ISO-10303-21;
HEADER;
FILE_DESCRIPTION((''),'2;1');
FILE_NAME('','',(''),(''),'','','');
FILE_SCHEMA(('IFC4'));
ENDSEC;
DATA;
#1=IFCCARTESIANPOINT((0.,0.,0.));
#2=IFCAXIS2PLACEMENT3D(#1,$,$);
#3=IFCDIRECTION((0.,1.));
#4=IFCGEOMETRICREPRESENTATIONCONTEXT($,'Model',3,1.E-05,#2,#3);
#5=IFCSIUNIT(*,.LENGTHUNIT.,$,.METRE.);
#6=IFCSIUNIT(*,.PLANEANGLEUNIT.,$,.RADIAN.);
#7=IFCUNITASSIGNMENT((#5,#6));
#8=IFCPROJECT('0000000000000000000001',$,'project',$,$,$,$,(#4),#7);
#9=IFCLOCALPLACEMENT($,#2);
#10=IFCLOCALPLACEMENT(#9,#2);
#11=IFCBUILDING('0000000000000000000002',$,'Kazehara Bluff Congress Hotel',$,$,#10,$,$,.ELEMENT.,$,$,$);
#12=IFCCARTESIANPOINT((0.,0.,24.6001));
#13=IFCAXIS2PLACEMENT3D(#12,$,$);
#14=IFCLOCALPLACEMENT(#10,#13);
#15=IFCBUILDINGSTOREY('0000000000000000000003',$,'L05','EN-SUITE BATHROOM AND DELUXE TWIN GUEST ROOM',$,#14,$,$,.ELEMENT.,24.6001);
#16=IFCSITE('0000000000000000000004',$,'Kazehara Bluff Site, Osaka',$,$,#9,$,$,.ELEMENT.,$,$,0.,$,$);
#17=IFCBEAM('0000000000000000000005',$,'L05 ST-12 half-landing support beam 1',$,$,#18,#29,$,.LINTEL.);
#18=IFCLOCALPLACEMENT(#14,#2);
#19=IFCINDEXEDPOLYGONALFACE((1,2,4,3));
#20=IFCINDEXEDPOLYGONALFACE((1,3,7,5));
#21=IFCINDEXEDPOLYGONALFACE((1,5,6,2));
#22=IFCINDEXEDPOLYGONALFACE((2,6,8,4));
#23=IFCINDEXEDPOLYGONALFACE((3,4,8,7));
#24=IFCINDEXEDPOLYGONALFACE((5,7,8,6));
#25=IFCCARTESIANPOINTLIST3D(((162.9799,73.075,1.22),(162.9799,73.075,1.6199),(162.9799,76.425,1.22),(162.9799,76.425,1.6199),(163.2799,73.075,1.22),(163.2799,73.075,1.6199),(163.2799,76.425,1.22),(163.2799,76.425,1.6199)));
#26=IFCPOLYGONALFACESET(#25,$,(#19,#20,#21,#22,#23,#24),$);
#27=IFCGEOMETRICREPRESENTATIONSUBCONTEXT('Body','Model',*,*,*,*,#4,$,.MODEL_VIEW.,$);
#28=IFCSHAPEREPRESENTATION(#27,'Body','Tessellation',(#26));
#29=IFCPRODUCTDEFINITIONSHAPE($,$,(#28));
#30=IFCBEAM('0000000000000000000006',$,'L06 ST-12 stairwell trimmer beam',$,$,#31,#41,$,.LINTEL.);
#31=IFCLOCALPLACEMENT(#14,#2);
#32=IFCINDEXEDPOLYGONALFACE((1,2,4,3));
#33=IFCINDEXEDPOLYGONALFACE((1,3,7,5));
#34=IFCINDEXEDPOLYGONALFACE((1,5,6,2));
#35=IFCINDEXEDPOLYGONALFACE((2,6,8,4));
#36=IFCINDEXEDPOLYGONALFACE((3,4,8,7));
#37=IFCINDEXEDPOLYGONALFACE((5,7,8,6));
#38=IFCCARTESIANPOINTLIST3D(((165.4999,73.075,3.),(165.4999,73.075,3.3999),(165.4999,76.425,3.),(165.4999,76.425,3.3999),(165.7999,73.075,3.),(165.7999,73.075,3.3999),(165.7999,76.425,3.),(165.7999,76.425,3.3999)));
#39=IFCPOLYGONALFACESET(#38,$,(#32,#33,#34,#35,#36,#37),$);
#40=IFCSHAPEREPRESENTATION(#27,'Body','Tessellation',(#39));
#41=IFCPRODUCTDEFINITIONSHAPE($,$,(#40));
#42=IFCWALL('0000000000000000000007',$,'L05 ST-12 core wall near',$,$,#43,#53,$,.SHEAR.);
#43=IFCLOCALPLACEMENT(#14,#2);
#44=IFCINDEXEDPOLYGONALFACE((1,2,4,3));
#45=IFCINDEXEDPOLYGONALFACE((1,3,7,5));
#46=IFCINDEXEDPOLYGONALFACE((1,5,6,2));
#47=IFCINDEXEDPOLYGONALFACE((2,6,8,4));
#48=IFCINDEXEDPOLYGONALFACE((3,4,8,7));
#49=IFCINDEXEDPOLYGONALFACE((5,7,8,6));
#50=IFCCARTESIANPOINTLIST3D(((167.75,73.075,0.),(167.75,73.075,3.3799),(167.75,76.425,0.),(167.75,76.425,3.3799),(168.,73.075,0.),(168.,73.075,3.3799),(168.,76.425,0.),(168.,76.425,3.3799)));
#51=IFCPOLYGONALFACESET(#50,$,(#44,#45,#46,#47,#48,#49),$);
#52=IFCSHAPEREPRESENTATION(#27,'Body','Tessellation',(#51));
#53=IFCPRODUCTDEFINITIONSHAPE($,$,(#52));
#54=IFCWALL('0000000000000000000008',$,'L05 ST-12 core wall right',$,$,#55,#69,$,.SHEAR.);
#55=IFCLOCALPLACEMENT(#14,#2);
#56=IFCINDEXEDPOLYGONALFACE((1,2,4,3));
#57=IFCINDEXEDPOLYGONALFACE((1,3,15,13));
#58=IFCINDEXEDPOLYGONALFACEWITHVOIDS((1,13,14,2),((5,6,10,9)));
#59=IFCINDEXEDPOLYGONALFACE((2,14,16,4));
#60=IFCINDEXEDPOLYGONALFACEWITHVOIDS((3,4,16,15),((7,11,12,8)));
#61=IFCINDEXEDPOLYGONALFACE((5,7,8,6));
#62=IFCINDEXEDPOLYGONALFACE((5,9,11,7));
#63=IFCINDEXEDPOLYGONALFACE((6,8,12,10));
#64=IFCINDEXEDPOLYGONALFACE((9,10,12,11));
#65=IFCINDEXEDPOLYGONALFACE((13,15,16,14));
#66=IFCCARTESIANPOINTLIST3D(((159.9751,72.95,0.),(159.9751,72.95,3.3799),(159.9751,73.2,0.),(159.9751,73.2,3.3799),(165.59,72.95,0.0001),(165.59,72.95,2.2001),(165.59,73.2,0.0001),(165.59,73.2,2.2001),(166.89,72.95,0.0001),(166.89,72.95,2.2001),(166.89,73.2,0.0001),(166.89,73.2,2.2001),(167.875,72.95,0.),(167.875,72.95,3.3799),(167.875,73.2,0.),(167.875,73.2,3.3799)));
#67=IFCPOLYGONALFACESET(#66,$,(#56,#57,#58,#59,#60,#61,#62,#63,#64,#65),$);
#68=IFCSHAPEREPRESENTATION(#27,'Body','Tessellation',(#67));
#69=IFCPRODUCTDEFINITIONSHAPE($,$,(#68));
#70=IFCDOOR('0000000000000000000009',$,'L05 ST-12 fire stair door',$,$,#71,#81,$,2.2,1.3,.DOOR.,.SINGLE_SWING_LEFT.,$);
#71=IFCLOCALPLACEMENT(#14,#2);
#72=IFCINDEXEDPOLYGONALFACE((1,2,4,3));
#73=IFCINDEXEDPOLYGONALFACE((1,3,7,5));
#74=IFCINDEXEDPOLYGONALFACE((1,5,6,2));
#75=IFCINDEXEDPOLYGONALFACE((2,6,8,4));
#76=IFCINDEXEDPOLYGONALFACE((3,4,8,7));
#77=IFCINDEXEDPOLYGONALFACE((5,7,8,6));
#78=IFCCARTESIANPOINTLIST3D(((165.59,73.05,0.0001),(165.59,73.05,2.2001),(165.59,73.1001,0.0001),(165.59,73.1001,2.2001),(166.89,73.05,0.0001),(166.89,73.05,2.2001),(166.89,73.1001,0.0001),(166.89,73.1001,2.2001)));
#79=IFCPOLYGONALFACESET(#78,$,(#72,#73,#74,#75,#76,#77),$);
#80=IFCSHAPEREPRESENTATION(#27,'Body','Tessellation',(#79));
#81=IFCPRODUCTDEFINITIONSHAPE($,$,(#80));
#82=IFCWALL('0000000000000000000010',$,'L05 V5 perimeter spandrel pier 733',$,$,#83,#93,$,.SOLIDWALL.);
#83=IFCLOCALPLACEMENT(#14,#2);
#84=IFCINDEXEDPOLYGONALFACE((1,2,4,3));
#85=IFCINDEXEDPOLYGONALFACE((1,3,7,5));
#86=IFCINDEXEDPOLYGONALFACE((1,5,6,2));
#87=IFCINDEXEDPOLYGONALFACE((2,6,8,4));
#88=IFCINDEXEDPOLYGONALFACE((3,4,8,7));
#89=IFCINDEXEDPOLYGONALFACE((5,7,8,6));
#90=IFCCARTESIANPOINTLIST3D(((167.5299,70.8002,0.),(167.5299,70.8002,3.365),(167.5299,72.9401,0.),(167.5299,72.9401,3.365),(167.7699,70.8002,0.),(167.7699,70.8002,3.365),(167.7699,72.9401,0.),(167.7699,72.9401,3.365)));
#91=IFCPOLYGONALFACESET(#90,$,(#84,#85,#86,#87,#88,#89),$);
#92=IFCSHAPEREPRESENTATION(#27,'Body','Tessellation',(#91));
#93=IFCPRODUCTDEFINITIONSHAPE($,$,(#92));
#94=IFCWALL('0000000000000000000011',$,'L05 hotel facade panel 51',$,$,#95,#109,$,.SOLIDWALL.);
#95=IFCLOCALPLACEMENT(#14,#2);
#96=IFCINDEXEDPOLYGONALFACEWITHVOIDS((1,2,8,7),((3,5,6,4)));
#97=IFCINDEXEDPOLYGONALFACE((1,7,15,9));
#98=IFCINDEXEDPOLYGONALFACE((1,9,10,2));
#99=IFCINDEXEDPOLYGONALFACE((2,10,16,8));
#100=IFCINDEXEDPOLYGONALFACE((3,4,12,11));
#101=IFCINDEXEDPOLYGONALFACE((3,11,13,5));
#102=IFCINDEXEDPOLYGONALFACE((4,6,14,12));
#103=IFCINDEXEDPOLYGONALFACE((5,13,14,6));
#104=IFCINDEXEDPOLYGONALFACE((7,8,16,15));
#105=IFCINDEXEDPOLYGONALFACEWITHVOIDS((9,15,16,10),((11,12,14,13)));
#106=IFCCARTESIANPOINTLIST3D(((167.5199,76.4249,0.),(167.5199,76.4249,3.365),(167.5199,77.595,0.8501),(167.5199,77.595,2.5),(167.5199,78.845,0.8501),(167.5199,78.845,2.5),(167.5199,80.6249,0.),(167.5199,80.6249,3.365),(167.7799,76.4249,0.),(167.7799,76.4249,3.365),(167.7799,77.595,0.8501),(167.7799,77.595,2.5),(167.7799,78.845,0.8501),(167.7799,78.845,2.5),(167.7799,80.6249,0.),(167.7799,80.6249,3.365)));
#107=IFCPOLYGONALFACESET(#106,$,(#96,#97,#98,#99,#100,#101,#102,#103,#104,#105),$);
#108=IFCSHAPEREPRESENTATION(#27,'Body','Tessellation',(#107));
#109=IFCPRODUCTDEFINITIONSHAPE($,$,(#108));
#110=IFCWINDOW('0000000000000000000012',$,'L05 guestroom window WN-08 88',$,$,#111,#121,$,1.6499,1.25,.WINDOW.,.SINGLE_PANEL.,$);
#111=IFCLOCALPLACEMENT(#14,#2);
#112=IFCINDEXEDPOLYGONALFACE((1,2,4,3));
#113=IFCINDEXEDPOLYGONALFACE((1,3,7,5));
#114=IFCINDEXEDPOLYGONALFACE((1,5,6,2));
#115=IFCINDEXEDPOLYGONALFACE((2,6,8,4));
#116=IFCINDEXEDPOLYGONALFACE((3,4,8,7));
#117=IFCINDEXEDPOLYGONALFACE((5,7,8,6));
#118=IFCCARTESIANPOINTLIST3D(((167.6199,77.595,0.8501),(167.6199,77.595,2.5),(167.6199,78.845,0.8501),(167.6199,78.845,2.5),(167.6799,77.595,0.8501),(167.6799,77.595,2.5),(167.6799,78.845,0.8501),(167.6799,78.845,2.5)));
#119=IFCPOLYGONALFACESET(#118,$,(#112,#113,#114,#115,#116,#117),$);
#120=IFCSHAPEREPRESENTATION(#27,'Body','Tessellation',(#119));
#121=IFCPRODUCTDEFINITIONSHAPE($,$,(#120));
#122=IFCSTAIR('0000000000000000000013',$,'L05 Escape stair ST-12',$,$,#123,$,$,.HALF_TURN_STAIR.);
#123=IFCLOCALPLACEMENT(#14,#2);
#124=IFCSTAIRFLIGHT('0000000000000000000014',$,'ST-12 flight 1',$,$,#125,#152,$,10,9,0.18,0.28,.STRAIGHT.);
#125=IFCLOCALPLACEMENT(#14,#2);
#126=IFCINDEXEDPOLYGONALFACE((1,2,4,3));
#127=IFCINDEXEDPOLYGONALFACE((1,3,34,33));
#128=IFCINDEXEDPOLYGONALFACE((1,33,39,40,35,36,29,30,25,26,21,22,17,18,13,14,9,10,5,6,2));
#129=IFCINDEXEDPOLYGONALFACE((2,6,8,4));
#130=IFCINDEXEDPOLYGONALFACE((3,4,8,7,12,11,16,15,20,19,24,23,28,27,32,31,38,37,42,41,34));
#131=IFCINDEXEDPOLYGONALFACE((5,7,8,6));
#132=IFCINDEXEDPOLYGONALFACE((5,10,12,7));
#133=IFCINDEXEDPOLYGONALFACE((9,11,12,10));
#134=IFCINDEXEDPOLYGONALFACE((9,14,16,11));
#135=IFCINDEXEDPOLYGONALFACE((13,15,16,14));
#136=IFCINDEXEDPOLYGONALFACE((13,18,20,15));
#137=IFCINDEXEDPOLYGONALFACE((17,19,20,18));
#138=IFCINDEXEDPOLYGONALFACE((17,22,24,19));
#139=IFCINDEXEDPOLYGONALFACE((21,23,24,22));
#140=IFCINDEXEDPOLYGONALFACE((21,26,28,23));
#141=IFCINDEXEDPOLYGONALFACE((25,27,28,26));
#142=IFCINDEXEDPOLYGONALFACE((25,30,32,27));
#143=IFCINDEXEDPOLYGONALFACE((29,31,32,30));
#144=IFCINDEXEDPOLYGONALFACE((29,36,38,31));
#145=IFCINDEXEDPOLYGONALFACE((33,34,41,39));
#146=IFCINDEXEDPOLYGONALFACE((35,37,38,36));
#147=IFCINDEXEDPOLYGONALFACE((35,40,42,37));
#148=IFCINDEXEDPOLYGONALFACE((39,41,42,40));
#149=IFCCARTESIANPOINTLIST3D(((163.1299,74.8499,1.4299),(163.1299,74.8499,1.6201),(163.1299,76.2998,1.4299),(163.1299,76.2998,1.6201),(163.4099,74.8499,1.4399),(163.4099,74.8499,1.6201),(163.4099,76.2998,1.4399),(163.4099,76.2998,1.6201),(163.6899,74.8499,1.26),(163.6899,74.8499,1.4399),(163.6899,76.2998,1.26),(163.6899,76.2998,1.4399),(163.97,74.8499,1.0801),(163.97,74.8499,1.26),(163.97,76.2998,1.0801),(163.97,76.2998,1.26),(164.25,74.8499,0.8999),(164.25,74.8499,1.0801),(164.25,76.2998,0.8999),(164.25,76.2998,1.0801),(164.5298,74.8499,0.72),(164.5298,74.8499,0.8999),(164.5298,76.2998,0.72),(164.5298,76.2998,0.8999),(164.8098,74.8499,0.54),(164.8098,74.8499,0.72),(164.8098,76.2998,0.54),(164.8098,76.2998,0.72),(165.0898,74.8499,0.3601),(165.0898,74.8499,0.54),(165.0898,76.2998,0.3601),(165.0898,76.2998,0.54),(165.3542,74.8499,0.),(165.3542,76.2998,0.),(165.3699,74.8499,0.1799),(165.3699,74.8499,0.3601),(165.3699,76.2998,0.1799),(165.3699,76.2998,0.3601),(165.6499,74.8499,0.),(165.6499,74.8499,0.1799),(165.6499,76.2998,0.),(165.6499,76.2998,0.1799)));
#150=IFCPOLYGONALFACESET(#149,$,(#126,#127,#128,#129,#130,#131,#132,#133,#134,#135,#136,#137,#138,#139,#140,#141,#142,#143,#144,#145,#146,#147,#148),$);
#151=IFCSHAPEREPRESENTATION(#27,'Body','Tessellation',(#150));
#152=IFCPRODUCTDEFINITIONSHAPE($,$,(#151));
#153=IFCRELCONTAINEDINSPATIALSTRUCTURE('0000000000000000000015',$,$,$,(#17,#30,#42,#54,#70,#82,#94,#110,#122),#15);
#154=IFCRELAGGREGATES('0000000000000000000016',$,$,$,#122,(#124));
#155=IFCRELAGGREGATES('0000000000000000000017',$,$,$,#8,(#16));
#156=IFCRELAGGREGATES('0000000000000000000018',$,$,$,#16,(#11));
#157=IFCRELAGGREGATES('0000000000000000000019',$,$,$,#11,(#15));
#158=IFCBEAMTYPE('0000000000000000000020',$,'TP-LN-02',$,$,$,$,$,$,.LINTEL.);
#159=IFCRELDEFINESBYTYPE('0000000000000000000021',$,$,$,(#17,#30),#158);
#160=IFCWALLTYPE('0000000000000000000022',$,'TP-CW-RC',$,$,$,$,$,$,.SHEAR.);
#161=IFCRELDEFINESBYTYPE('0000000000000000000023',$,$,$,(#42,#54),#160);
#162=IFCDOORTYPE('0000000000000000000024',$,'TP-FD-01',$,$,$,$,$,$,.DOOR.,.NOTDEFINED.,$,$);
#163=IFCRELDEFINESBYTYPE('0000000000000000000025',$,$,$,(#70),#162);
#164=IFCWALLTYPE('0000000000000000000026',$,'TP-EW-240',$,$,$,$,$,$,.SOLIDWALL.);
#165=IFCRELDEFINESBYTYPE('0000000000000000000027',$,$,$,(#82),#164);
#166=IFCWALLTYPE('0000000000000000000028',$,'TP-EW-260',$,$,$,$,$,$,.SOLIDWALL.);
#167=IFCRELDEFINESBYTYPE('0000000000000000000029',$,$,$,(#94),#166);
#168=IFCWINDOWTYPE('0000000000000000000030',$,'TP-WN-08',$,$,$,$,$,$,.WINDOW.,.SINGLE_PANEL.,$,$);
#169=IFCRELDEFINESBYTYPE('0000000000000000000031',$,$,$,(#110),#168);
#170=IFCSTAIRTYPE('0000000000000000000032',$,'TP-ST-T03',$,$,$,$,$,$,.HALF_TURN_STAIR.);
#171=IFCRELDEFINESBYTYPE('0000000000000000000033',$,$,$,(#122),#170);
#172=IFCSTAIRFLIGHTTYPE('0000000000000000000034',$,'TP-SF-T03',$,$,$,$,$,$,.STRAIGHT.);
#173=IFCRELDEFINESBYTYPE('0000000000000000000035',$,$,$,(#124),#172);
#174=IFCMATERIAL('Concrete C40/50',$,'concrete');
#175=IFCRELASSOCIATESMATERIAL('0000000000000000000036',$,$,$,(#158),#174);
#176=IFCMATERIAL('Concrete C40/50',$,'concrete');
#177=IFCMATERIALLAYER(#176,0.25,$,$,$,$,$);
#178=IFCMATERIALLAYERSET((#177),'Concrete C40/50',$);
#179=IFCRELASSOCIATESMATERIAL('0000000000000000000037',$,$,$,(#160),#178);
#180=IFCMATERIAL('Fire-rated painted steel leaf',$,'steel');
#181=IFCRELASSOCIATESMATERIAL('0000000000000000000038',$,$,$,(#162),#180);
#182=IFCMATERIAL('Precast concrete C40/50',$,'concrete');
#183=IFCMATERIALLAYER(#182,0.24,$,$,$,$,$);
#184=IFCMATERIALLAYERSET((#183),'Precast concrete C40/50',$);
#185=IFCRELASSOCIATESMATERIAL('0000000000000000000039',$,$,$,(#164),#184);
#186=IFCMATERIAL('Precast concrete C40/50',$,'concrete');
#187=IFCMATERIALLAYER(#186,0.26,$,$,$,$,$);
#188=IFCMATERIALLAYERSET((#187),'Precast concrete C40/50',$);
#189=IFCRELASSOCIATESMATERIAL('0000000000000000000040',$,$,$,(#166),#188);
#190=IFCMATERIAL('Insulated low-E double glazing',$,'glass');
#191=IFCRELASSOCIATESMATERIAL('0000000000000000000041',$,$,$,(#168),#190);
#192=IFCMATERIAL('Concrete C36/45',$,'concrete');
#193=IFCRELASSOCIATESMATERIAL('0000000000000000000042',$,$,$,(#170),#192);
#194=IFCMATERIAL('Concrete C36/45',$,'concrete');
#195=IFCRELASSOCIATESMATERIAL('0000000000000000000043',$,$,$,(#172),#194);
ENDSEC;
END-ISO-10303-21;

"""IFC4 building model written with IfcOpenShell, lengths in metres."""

from ifc_helpers import new_model, si_unit, direction, frame, frame_2d, origin, origin_2d, place, context, subcontext, project, spatial, polyline, rectangle, outline, extrude, material, layer, layer_set, material_profile, profile_set, type_object, element, fill, aggregate, save


model = new_model("IFC4")

# Units and contexts
model_context = context("Model", 3, precision=1e-05, world=origin(), true_north=direction((0.0, 1.0)))
body_context = subcontext(model_context, "Body", "Model", "MODEL_VIEW")
ifc_project = project(units=[si_unit("LENGTHUNIT", "METRE"), si_unit("PLANEANGLEUNIT", "RADIAN")], contexts=[model_context])

# Site, building, storey
site_placement = place(None, origin())
site = spatial("IfcSite", under=ifc_project, at=site_placement, Name="Kazehara Bluff Site, Osaka", CompositionType="ELEMENT", RefElevation=0.0)
building_placement = place(site_placement, origin())
building = spatial("IfcBuilding", under=site, at=building_placement, Name="Kazehara Bluff Congress Hotel", CompositionType="ELEMENT")
storey_placement = place(building_placement, frame((0.0, 0.0, 24.6001)))
storey = spatial("IfcBuildingStorey", under=building, at=storey_placement, Name="L05", Description="EN-SUITE BATHROOM AND DELUXE TWIN GUEST ROOM", CompositionType="ELEMENT", Elevation=24.6001)

# Beams
ifc_material_1 = material(Name="Concrete C40/50", Category="concrete")
ifc_material_profile = material_profile(ifc_material_1, rectangle(XDim=0.3, YDim=0.3999, at=origin_2d()))
ifc_profile_set = profile_set([ifc_material_profile], Name="Concrete C40/50")
beam_type = type_object("IfcBeamType", Name="TP-LN-02", PredefinedType="LINTEL", material=ifc_profile_set)
for number, where, z_axis, x_axis, name in (
    (1, (163.1299, 76.425, 1.4199), (0.0, -1.0, 0.0), (1.0, 0.0, 0.0), "L05 ST-12 half-landing support beam 1"),
    (2, (165.6499, 76.425, 3.2), (0.0, -1.0, 0.0), (1.0, 0.0, 0.0), "L06 ST-12 stairwell trimmer beam"),
):
    element("IfcBeam", number, at=place(storey_placement, frame(where, z_axis=z_axis, x_axis=x_axis)), inside=storey, type_object=beam_type, Name=name, PredefinedType="LINTEL", context=body_context, shape_type="SweptSolid", body=[
        extrude(rectangle(XDim=0.3, YDim=0.3999, at=origin_2d()), origin(), (0.0, 0.0, 1.0), 3.3501),
    ])

# Wall
ifc_material_2 = material(Name="Concrete C40/50", Category="concrete")
ifc_layer_1 = layer(ifc_material_2, 0.25)
ifc_layer_set_1 = layer_set([ifc_layer_1], Name="Concrete C40/50")
wall_type_1 = type_object("IfcWallType", Name="TP-CW-RC", PredefinedType="SHEAR", material=ifc_layer_set_1)
wall_1_placement = place(storey_placement, frame((167.875, 76.425, 0.0), z_axis=(0.0, 0.0, 1.0), x_axis=(0.0, -1.0, 0.0)))
element("IfcWall", 3, at=wall_1_placement, inside=storey, type_object=wall_type_1, Name="L05 ST-12 core wall near", PredefinedType="SHEAR", context=body_context, shape_type="SweptSolid", body=[
    extrude(rectangle(XDim=3.3501, YDim=0.25, at=frame_2d((1.675, 0.0))), origin(), (0.0, 0.0, 1.0), 3.3799),
])

# Wall, opening, door
wall_2_placement = place(storey_placement, frame((167.875, 73.075, 0.0), z_axis=(0.0, 0.0, 1.0), x_axis=(-1.0, 0.0, 0.0)))
wall_2 = element("IfcWall", 4, at=wall_2_placement, inside=storey, type_object=wall_type_1, Name="L05 ST-12 core wall right", PredefinedType="SHEAR", context=body_context, shape_type="SweptSolid", body=[
    extrude(rectangle(XDim=7.8999, YDim=0.25, at=frame_2d((3.95, 0.0))), origin(), (0.0, 0.0, 1.0), 3.3799),
])
opening_1_placement = place(wall_2_placement, frame((0.9851, 0.0, 0.0)))
opening_1 = element("IfcOpeningElement", 5, at=opening_1_placement, cuts=wall_2, PredefinedType="OPENING", context=body_context, shape_type="SweptSolid", body=[
    extrude(rectangle(XDim=1.3, YDim=2.2, at=frame_2d((0.6499, 1.1001))), frame((0.0, 0.135, 0.0), z_axis=(0.0, -1.0, 0.0), x_axis=(1.0, 0.0, 0.0)), (0.0, 0.0, 1.0), 0.27),
])
ifc_material_3 = material(Name="Fire-rated painted steel leaf", Category="steel")
door_type = type_object("IfcDoorType", Name="TP-FD-01", OperationType="NOTDEFINED", PredefinedType="DOOR", material=ifc_material_3)
door_placement = place(opening_1_placement, origin())
door = element("IfcDoor", 6, at=door_placement, inside=storey, type_object=door_type, Name="L05 ST-12 fire stair door", OperationType="SINGLE_SWING_LEFT", OverallHeight=2.2, OverallWidth=1.3, PredefinedType="DOOR", context=body_context, shape_type="SweptSolid", body=[
    extrude(rectangle(XDim=1.3, YDim=2.2, at=frame_2d((0.6499, 1.1001))), frame((0.0, 0.0249, 0.0), z_axis=(0.0, -1.0, 0.0), x_axis=(1.0, 0.0, 0.0)), (0.0, 0.0, 1.0), 0.05),
])
fill(opening_1, door)

# Wall
ifc_material_4 = material(Name="Precast concrete C40/50", Category="concrete")
ifc_layer_2 = layer(ifc_material_4, 0.24)
ifc_layer_set_2 = layer_set([ifc_layer_2], Name="Precast concrete C40/50")
wall_type_2 = type_object("IfcWallType", Name="TP-EW-240", PredefinedType="SOLIDWALL", material=ifc_layer_set_2)
wall_3_placement = place(storey_placement, frame((167.6499, 72.9399, 0.0), z_axis=(0.0, 0.0, 1.0), x_axis=(0.0, -1.0, 0.0)))
element("IfcWall", 7, at=wall_3_placement, inside=storey, type_object=wall_type_2, Name="L05 V5 perimeter spandrel pier 733", PredefinedType="SOLIDWALL", context=body_context, shape_type="SweptSolid", body=[
    extrude(rectangle(XDim=2.1399, YDim=0.24, at=frame_2d((1.0698, 0.0))), origin(), (0.0, 0.0, 1.0), 3.365),
])

# Wall, opening, window
ifc_material_5 = material(Name="Precast concrete C40/50", Category="concrete")
ifc_layer_3 = layer(ifc_material_5, 0.26)
ifc_layer_set_3 = layer_set([ifc_layer_3], Name="Precast concrete C40/50")
wall_type_3 = type_object("IfcWallType", Name="TP-EW-260", PredefinedType="SOLIDWALL", material=ifc_layer_set_3)
wall_4_placement = place(storey_placement, frame((167.6499, 80.625, 0.0), z_axis=(0.0, 0.0, 1.0), x_axis=(0.0, -1.0, 0.0)))
wall_4 = element("IfcWall", 8, at=wall_4_placement, inside=storey, type_object=wall_type_3, Name="L05 hotel facade panel 51", PredefinedType="SOLIDWALL", context=body_context, shape_type="SweptSolid", body=[
    extrude(rectangle(XDim=4.2, YDim=0.26, at=frame_2d((2.1001, 0.0))), origin(), (0.0, 0.0, 1.0), 3.365),
])
opening_2_placement = place(wall_4_placement, frame((1.78, 0.0, 0.8501)))
opening_2 = element("IfcOpeningElement", 9, at=opening_2_placement, cuts=wall_4, PredefinedType="OPENING", context=body_context, shape_type="SweptSolid", body=[
    extrude(rectangle(XDim=1.25, YDim=1.6499, at=frame_2d((0.625, 0.825))), frame((0.0, 0.1399, 0.0), z_axis=(0.0, -1.0, 0.0), x_axis=(1.0, 0.0, 0.0)), (0.0, 0.0, 1.0), 0.28),
])
ifc_material_6 = material(Name="Insulated low-E double glazing", Category="glass")
window_type = type_object("IfcWindowType", Name="TP-WN-08", PartitioningType="SINGLE_PANEL", PredefinedType="WINDOW", material=ifc_material_6)
window_placement = place(opening_2_placement, origin())
window = element("IfcWindow", 10, at=window_placement, inside=storey, type_object=window_type, Name="L05 guestroom window WN-08 88", OverallHeight=1.6499, OverallWidth=1.25, PartitioningType="SINGLE_PANEL", PredefinedType="WINDOW", context=body_context, shape_type="SweptSolid", body=[
    extrude(rectangle(XDim=1.25, YDim=1.6499, at=frame_2d((0.625, 0.825))), frame((0.0, 0.03, 0.0), z_axis=(0.0, -1.0, 0.0), x_axis=(1.0, 0.0, 0.0)), (0.0, 0.0, 1.0), 0.0601),
])
fill(opening_2, window)

# Stair, stair flight
ifc_material_7 = material(Name="Concrete C36/45", Category="concrete")
stair_type = type_object("IfcStairType", Name="TP-ST-T03", PredefinedType="HALF_TURN_STAIR", material=ifc_material_7)
stair_placement = place(storey_placement, origin())
stair = element("IfcStair", 11, at=stair_placement, inside=storey, type_object=stair_type, Name="L05 Escape stair ST-12", PredefinedType="HALF_TURN_STAIR")
ifc_material_8 = material(Name="Concrete C36/45", Category="concrete")
stair_flight_type = type_object("IfcStairFlightType", Name="TP-SF-T03", PredefinedType="STRAIGHT", material=ifc_material_8)
stair_flight_placement = place(storey_placement, frame((165.6499, 75.575, 0.0), z_axis=(0.0, 0.0, 1.0), x_axis=(-1.0, 0.0, 0.0)))
stair_flight = element("IfcStairFlight", 12, at=stair_flight_placement, type_object=stair_flight_type, Name="ST-12 flight 1", NumberOfRisers=10, NumberOfTreads=9, PredefinedType="STRAIGHT", RiserHeight=0.18, TreadLength=0.28, context=body_context, shape_type="SweptSolid", body=[
    extrude(outline(polyline([(0.0, 0.0), (0.0, 0.1799), (0.28, 0.1799), (0.28, 0.3601), (0.5601, 0.3601), (0.5601, 0.54), (0.8401, 0.54), (0.8401, 0.72), (1.1201, 0.72), (1.1201, 0.8999), (1.3999, 0.8999), (1.3999, 1.0801), (1.6799, 1.0801), (1.6799, 1.26), (1.96, 1.26), (1.96, 1.4399), (2.24, 1.4399), (2.24, 1.6201), (2.52, 1.6201), (2.52, 1.8), (2.52, 1.4299), (0.2957, 0.0), (0.0, 0.0)])), frame((0.0, 0.7251, 0.0), z_axis=(0.0, -1.0, 0.0), x_axis=(1.0, 0.0, 0.0)), (0.0, 0.0, 1.0), 1.45),
])
aggregate(stair, [stair_flight])

save(model, "model.ifc")
